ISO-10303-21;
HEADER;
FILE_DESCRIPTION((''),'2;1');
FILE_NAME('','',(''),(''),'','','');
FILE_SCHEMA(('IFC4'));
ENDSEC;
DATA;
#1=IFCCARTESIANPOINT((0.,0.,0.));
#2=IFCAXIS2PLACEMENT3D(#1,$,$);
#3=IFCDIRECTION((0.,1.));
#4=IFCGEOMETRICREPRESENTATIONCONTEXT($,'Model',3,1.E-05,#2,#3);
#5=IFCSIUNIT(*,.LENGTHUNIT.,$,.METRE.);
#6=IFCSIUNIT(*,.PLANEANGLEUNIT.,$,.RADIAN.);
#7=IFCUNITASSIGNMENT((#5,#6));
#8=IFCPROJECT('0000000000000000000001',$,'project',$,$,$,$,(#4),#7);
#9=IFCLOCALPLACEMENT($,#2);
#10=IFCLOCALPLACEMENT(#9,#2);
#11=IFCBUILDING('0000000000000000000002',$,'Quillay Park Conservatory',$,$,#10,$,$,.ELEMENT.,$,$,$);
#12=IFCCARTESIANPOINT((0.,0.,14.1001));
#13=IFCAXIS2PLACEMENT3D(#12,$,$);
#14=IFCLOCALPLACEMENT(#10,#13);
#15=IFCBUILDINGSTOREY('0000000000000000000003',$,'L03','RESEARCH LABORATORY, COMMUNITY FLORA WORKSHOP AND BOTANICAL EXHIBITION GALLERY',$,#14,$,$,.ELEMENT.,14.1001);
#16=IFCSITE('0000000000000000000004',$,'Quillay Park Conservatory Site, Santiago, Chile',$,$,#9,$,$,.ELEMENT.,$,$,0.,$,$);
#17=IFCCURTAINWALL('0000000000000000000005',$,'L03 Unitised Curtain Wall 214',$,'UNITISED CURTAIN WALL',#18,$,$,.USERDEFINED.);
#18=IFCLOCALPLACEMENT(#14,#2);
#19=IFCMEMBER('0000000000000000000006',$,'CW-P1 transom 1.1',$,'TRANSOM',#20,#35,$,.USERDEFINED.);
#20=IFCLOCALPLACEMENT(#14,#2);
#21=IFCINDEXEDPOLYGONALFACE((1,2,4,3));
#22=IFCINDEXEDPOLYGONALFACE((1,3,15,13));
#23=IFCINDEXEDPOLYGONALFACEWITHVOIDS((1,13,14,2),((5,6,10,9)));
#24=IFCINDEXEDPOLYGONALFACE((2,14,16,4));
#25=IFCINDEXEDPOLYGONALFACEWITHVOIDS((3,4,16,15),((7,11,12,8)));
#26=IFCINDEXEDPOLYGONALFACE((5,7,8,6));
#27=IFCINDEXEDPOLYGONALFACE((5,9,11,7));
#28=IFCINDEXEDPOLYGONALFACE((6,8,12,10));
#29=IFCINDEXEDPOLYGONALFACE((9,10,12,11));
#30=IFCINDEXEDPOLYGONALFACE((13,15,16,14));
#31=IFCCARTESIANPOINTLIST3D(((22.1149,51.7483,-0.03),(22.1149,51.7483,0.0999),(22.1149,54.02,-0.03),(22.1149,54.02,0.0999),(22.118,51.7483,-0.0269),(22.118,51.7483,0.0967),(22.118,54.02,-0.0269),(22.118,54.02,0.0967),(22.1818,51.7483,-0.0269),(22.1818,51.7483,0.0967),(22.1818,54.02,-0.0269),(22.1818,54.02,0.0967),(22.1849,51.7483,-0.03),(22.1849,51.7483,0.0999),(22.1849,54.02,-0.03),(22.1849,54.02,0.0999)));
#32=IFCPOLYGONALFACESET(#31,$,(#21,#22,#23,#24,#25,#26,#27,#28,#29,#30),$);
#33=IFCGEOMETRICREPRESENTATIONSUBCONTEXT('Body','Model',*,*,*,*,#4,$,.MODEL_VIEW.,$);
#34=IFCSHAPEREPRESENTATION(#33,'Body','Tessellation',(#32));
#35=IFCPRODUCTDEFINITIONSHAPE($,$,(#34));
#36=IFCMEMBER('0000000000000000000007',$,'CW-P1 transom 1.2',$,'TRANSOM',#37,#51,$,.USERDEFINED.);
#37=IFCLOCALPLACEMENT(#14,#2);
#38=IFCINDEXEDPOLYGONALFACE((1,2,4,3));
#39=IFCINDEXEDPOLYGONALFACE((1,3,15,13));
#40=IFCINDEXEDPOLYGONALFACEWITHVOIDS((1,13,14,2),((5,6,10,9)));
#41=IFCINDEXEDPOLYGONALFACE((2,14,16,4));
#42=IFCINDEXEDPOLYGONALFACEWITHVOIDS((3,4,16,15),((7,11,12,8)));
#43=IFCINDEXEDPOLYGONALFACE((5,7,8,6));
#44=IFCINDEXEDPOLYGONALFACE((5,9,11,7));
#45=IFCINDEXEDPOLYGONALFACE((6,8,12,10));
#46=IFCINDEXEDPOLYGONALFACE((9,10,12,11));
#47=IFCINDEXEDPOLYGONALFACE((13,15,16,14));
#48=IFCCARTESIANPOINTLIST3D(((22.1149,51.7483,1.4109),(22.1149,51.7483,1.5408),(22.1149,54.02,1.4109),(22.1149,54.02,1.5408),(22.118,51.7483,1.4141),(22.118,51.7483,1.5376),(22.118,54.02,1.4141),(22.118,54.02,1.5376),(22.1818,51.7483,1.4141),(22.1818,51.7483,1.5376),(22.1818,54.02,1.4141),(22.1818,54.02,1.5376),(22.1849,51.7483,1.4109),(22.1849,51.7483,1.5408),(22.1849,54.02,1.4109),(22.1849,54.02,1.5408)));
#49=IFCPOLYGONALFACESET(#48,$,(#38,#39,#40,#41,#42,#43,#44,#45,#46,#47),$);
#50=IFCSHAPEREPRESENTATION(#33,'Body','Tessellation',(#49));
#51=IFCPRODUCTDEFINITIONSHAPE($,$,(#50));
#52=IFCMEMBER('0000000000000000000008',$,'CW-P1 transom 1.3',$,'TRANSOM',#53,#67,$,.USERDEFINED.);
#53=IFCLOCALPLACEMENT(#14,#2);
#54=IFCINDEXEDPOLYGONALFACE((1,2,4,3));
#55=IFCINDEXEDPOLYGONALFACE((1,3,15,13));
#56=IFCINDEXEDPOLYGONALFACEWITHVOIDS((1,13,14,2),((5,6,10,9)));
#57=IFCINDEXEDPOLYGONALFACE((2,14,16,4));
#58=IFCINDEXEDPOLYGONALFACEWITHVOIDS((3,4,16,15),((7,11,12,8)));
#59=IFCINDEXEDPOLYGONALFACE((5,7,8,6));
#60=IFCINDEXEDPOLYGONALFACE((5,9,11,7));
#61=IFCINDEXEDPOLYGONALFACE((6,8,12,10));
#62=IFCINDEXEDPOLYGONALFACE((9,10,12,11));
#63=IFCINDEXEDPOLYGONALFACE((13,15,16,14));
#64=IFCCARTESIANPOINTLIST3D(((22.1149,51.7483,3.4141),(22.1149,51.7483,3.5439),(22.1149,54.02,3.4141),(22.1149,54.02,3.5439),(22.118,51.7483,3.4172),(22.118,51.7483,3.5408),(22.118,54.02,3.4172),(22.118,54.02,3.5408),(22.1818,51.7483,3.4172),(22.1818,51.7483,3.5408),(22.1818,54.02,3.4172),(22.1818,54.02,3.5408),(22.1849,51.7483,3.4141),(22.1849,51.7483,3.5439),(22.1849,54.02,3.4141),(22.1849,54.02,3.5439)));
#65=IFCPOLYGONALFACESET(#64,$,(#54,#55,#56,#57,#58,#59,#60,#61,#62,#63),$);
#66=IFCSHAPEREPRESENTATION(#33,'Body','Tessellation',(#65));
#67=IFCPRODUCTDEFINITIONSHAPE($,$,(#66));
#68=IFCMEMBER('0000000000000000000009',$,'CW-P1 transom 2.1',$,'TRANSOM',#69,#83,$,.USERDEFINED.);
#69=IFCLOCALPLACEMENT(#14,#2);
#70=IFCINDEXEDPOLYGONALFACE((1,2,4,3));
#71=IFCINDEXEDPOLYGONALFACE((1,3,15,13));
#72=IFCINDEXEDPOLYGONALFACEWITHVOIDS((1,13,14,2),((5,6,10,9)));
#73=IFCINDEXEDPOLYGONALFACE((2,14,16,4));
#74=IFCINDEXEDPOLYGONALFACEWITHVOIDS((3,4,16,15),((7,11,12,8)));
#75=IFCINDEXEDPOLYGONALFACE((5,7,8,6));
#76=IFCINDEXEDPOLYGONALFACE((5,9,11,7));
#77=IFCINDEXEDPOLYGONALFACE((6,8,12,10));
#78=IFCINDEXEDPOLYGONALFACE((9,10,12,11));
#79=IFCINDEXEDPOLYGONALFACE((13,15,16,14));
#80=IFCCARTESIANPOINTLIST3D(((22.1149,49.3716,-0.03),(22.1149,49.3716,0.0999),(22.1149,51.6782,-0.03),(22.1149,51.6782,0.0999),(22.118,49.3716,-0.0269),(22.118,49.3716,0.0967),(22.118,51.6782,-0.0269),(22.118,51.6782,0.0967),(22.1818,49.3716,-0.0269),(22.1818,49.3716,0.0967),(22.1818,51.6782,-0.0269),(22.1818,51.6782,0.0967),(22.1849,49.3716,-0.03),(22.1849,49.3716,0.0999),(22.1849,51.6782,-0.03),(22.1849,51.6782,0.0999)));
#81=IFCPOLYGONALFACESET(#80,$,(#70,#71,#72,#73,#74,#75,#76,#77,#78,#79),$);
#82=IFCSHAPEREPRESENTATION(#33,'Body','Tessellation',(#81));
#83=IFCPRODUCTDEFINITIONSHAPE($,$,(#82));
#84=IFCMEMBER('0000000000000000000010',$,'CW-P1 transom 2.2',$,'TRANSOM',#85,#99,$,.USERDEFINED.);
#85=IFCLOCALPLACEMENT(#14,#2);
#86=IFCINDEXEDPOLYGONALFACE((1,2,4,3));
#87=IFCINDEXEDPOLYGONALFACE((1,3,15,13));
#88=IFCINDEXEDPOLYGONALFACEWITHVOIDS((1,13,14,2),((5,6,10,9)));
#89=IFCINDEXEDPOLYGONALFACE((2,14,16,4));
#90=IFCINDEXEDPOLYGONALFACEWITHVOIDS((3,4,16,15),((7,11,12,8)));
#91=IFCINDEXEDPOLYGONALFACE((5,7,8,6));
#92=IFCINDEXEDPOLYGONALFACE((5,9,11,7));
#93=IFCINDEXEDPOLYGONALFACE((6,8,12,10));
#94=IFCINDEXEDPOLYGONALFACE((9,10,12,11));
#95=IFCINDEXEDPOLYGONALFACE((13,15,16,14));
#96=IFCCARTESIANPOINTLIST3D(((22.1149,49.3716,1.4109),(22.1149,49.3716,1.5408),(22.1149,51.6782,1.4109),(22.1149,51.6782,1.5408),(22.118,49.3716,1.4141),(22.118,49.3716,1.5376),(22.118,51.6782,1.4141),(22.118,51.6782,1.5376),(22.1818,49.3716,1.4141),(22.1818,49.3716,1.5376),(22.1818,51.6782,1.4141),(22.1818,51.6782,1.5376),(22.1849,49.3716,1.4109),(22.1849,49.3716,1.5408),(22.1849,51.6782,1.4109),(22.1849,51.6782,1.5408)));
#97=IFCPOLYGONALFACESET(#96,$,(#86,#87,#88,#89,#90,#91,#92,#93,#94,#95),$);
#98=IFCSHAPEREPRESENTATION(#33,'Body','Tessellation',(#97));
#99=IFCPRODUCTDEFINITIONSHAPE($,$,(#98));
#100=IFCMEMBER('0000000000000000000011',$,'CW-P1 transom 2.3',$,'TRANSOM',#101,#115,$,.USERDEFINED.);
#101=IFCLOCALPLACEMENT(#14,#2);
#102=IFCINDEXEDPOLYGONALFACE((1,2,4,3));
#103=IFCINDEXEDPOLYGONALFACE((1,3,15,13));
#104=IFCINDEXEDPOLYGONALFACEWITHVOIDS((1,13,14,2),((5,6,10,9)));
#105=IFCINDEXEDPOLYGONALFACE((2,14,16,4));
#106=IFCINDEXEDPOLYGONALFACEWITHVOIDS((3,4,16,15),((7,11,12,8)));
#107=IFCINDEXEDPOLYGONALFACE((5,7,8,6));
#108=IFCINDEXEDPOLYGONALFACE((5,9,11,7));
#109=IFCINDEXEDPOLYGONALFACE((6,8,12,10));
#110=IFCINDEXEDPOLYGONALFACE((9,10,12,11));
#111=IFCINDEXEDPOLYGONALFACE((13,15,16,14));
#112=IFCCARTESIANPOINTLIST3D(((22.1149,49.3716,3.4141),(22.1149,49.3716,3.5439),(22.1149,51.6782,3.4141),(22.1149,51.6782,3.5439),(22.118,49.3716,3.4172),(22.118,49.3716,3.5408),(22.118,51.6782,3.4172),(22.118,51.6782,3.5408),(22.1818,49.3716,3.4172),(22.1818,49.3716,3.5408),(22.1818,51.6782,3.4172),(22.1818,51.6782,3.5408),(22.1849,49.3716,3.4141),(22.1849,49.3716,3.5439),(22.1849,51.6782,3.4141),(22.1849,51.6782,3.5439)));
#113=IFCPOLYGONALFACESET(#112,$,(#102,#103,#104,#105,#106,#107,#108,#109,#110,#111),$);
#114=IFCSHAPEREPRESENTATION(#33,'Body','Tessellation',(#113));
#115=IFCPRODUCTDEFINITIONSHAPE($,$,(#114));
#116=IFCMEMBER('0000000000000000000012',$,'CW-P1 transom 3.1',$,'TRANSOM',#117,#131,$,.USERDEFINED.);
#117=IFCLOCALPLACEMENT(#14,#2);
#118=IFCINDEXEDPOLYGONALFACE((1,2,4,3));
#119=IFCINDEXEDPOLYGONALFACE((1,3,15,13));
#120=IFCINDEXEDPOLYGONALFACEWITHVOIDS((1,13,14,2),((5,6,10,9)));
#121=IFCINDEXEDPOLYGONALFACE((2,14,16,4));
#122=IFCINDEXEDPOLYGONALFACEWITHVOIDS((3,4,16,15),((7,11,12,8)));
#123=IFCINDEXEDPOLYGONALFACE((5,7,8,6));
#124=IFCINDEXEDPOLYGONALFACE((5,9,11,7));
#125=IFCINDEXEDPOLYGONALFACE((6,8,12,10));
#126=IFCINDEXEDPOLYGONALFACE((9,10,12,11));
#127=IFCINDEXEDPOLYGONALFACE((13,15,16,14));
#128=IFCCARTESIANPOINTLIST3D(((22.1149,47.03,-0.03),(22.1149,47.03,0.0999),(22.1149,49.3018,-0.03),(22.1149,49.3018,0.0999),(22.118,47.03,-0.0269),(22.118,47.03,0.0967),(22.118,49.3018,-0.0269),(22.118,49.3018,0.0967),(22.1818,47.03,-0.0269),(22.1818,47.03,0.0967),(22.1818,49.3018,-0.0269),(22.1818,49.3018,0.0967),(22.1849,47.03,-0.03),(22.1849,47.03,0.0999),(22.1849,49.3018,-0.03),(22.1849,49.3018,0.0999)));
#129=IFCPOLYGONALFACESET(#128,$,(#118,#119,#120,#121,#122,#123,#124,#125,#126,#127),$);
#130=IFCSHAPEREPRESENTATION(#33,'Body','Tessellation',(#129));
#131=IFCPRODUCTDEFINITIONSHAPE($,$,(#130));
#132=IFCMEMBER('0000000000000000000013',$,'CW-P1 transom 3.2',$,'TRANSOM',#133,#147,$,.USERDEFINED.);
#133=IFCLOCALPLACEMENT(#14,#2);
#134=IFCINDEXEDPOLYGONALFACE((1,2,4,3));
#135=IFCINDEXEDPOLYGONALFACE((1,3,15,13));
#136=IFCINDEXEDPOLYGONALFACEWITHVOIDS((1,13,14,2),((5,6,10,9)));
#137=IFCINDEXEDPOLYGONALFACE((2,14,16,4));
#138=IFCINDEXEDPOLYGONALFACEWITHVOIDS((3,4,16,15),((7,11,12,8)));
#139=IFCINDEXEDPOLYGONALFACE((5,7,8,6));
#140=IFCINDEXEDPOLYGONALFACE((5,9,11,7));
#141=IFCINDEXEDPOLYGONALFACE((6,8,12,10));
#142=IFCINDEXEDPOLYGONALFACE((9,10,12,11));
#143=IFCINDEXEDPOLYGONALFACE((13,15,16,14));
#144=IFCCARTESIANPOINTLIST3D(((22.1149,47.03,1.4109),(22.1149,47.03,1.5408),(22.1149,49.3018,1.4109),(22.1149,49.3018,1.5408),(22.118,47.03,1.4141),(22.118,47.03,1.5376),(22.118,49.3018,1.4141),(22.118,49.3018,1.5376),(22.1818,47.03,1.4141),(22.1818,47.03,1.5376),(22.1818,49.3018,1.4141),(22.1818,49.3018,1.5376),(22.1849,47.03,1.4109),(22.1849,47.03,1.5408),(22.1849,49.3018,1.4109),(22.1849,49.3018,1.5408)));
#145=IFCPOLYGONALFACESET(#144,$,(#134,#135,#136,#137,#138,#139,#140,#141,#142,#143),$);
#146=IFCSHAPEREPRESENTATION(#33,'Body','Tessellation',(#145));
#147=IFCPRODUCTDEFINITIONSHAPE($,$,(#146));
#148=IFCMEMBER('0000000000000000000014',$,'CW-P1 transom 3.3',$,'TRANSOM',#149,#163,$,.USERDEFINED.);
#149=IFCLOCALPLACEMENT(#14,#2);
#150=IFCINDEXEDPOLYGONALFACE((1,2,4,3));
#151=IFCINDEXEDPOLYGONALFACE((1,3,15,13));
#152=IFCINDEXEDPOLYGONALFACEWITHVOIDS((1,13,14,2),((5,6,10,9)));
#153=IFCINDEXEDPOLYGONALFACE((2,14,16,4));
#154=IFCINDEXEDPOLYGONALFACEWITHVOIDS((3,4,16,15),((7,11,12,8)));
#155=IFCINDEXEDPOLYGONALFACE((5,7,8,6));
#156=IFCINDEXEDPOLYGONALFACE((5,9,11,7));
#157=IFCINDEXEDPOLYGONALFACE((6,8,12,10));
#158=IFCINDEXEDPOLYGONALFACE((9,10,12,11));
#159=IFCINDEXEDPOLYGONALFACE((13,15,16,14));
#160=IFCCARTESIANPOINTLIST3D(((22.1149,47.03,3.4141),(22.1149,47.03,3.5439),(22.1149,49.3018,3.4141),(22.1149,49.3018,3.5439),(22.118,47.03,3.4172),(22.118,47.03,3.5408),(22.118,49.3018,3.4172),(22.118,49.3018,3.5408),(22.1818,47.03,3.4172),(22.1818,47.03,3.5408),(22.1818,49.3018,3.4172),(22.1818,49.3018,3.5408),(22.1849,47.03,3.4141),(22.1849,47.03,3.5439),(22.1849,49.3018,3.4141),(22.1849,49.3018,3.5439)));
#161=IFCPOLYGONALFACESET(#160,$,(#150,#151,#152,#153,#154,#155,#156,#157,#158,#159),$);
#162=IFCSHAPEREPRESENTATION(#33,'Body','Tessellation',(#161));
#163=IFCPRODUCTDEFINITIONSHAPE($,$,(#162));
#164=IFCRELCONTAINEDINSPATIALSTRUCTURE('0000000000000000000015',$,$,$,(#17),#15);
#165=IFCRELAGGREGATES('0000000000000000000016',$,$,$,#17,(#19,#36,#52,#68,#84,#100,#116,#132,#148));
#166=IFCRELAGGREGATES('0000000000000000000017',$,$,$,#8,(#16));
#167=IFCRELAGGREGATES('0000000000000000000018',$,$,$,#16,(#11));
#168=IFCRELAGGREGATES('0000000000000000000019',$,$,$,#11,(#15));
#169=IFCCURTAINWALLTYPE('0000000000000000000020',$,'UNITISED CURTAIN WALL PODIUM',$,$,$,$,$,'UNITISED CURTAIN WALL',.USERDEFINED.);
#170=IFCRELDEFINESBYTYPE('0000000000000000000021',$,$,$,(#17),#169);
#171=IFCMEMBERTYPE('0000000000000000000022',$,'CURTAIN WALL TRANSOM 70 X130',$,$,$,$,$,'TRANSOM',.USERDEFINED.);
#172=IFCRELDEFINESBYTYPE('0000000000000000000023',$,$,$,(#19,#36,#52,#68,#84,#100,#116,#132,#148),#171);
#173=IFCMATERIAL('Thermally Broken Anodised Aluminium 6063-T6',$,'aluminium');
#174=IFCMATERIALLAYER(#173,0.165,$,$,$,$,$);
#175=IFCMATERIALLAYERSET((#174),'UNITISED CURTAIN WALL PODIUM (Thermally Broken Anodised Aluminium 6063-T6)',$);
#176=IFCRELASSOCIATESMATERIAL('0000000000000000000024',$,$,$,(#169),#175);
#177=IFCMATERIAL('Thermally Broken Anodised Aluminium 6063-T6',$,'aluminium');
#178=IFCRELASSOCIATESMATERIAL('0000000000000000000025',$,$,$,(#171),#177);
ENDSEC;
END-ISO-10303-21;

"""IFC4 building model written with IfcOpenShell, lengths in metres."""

from ifc_helpers import new_model, si_unit, direction, frame, origin, origin_2d, place, context, subcontext, project, spatial, hollow_rectangle, extrude, material, layer, layer_set, material_profile, profile_set, type_object, element, aggregate, save


model = new_model("IFC4")

# Units and contexts
model_context = context("Model", 3, precision=1e-05, world=origin(), true_north=direction((0.0, 1.0)))
body_context = subcontext(model_context, "Body", "Model", "MODEL_VIEW")
ifc_project = project(units=[si_unit("LENGTHUNIT", "METRE"), si_unit("PLANEANGLEUNIT", "RADIAN")], contexts=[model_context])

# Site, building, storey
site_placement = place(None, origin())
site = spatial("IfcSite", under=ifc_project, at=site_placement, Name="Quillay Park Conservatory Site, Santiago, Chile", CompositionType="ELEMENT", RefElevation=0.0)
building_placement = place(site_placement, origin())
building = spatial("IfcBuilding", under=site, at=building_placement, Name="Quillay Park Conservatory", CompositionType="ELEMENT")
storey_placement = place(building_placement, frame((0.0, 0.0, 14.1001)))
storey = spatial("IfcBuildingStorey", under=building, at=storey_placement, Name="L03", Description="RESEARCH LABORATORY, COMMUNITY FLORA WORKSHOP AND BOTANICAL EXHIBITION GALLERY", CompositionType="ELEMENT", Elevation=14.1001)

# Shared definitions
ifc_material_1 = material(Name="Thermally Broken Anodised Aluminium 6063-T6", Category="aluminium")
ifc_layer_1 = layer(ifc_material_1, 0.165)
ifc_layer_set_1 = layer_set([ifc_layer_1], Name="UNITISED CURTAIN WALL PODIUM (Thermally Broken Anodised Aluminium 6063-T6)")
curtain_wall_type = type_object("IfcCurtainWallType", Name="UNITISED CURTAIN WALL PODIUM", ElementType="UNITISED CURTAIN WALL", PredefinedType="USERDEFINED", material=ifc_layer_set_1)

# Curtain wall, members
curtain_wall_1_placement = place(storey_placement, origin())
curtain_wall_1 = element("IfcCurtainWall", 1, at=curtain_wall_1_placement, inside=storey, type_object=curtain_wall_type, Name="L03 Unitised Curtain Wall 214", ObjectType="UNITISED CURTAIN WALL", PredefinedType="USERDEFINED")
ifc_material_2 = material(Name="Thermally Broken Anodised Aluminium 6063-T6", Category="aluminium")
ifc_material_profile_1 = material_profile(ifc_material_2, hollow_rectangle(XDim=0.0701, YDim=0.1299, WallThickness=0.0032, at=origin_2d()), Name="AL70x130x3.2")
ifc_profile_set_1 = profile_set([ifc_material_profile_1], Name="Thermally Broken Anodised Aluminium 6063-T6")
member_type_1 = type_object("IfcMemberType", Name="CURTAIN WALL TRANSOM 70 X130", ElementType="TRANSOM", PredefinedType="USERDEFINED", material=ifc_profile_set_1)
member_1_placement = place(storey_placement, frame((22.1499, 54.02, 0.0349), z_axis=(0.0, -1.0, 0.0), x_axis=(1.0, 0.0, 0.0)))
member_1 = element("IfcMember", 2, at=member_1_placement, type_object=member_type_1, Name="CW-P1 transom 1.1", ObjectType="TRANSOM", PredefinedType="USERDEFINED", context=body_context, shape_type="SweptSolid", body=[
    extrude(hollow_rectangle(XDim=0.0701, YDim=0.1299, WallThickness=0.0032, at=origin_2d()), origin(), (0.0, 0.0, 1.0), 2.2717),
])
member_2_placement = place(storey_placement, frame((22.1499, 54.02, 1.4758), z_axis=(0.0, -1.0, 0.0), x_axis=(1.0, 0.0, 0.0)))
member_2 = element("IfcMember", 3, at=member_2_placement, type_object=member_type_1, Name="CW-P1 transom 1.2", ObjectType="TRANSOM", PredefinedType="USERDEFINED", context=body_context, shape_type="SweptSolid", body=[
    extrude(hollow_rectangle(XDim=0.0701, YDim=0.1299, WallThickness=0.0032, at=origin_2d()), origin(), (0.0, 0.0, 1.0), 2.2717),
])
member_3_placement = place(storey_placement, frame((22.1499, 54.02, 3.479), z_axis=(0.0, -1.0, 0.0), x_axis=(1.0, 0.0, 0.0)))
member_3 = element("IfcMember", 4, at=member_3_placement, type_object=member_type_1, Name="CW-P1 transom 1.3", ObjectType="TRANSOM", PredefinedType="USERDEFINED", context=body_context, shape_type="SweptSolid", body=[
    extrude(hollow_rectangle(XDim=0.0701, YDim=0.1299, WallThickness=0.0032, at=origin_2d()), origin(), (0.0, 0.0, 1.0), 2.2717),
])
member_4_placement = place(storey_placement, frame((22.1499, 51.6782, 0.0349), z_axis=(0.0, -1.0, 0.0), x_axis=(1.0, 0.0, 0.0)))
member_4 = element("IfcMember", 5, at=member_4_placement, type_object=member_type_1, Name="CW-P1 transom 2.1", ObjectType="TRANSOM", PredefinedType="USERDEFINED", context=body_context, shape_type="SweptSolid", body=[
    extrude(hollow_rectangle(XDim=0.0701, YDim=0.1299, WallThickness=0.0032, at=origin_2d()), origin(), (0.0, 0.0, 1.0), 2.3066),
])
member_5_placement = place(storey_placement, frame((22.1499, 51.6782, 1.4758), z_axis=(0.0, -1.0, 0.0), x_axis=(1.0, 0.0, 0.0)))
member_5 = element("IfcMember", 6, at=member_5_placement, type_object=member_type_1, Name="CW-P1 transom 2.2", ObjectType="TRANSOM", PredefinedType="USERDEFINED", context=body_context, shape_type="SweptSolid", body=[
    extrude(hollow_rectangle(XDim=0.0701, YDim=0.1299, WallThickness=0.0032, at=origin_2d()), origin(), (0.0, 0.0, 1.0), 2.3066),
])
member_6_placement = place(storey_placement, frame((22.1499, 51.6782, 3.479), z_axis=(0.0, -1.0, 0.0), x_axis=(1.0, 0.0, 0.0)))
member_6 = element("IfcMember", 7, at=member_6_placement, type_object=member_type_1, Name="CW-P1 transom 2.3", ObjectType="TRANSOM", PredefinedType="USERDEFINED", context=body_context, shape_type="SweptSolid", body=[
    extrude(hollow_rectangle(XDim=0.0701, YDim=0.1299, WallThickness=0.0032, at=origin_2d()), origin(), (0.0, 0.0, 1.0), 2.3066),
])
member_7_placement = place(storey_placement, frame((22.1499, 49.3018, 0.0349), z_axis=(0.0, -1.0, 0.0), x_axis=(1.0, 0.0, 0.0)))
member_7 = element("IfcMember", 8, at=member_7_placement, type_object=member_type_1, Name="CW-P1 transom 3.1", ObjectType="TRANSOM", PredefinedType="USERDEFINED", context=body_context, shape_type="SweptSolid", body=[
    extrude(hollow_rectangle(XDim=0.0701, YDim=0.1299, WallThickness=0.0032, at=origin_2d()), origin(), (0.0, 0.0, 1.0), 2.2717),
])
member_8_placement = place(storey_placement, frame((22.1499, 49.3018, 1.4758), z_axis=(0.0, -1.0, 0.0), x_axis=(1.0, 0.0, 0.0)))
member_8 = element("IfcMember", 9, at=member_8_placement, type_object=member_type_1, Name="CW-P1 transom 3.2", ObjectType="TRANSOM", PredefinedType="USERDEFINED", context=body_context, shape_type="SweptSolid", body=[
    extrude(hollow_rectangle(XDim=0.0701, YDim=0.1299, WallThickness=0.0032, at=origin_2d()), origin(), (0.0, 0.0, 1.0), 2.2717),
])
member_9_placement = place(storey_placement, frame((22.1499, 49.3018, 3.479), z_axis=(0.0, -1.0, 0.0), x_axis=(1.0, 0.0, 0.0)))
member_9 = element("IfcMember", 10, at=member_9_placement, type_object=member_type_1, Name="CW-P1 transom 3.3", ObjectType="TRANSOM", PredefinedType="USERDEFINED", context=body_context, shape_type="SweptSolid", body=[
    extrude(hollow_rectangle(XDim=0.0701, YDim=0.1299, WallThickness=0.0032, at=origin_2d()), origin(), (0.0, 0.0, 1.0), 2.2717),
])

aggregate(curtain_wall_1, [member_1, member_2, member_3, member_4, member_5, member_6, member_7, member_8, member_9])

save(model, "model.ifc")
